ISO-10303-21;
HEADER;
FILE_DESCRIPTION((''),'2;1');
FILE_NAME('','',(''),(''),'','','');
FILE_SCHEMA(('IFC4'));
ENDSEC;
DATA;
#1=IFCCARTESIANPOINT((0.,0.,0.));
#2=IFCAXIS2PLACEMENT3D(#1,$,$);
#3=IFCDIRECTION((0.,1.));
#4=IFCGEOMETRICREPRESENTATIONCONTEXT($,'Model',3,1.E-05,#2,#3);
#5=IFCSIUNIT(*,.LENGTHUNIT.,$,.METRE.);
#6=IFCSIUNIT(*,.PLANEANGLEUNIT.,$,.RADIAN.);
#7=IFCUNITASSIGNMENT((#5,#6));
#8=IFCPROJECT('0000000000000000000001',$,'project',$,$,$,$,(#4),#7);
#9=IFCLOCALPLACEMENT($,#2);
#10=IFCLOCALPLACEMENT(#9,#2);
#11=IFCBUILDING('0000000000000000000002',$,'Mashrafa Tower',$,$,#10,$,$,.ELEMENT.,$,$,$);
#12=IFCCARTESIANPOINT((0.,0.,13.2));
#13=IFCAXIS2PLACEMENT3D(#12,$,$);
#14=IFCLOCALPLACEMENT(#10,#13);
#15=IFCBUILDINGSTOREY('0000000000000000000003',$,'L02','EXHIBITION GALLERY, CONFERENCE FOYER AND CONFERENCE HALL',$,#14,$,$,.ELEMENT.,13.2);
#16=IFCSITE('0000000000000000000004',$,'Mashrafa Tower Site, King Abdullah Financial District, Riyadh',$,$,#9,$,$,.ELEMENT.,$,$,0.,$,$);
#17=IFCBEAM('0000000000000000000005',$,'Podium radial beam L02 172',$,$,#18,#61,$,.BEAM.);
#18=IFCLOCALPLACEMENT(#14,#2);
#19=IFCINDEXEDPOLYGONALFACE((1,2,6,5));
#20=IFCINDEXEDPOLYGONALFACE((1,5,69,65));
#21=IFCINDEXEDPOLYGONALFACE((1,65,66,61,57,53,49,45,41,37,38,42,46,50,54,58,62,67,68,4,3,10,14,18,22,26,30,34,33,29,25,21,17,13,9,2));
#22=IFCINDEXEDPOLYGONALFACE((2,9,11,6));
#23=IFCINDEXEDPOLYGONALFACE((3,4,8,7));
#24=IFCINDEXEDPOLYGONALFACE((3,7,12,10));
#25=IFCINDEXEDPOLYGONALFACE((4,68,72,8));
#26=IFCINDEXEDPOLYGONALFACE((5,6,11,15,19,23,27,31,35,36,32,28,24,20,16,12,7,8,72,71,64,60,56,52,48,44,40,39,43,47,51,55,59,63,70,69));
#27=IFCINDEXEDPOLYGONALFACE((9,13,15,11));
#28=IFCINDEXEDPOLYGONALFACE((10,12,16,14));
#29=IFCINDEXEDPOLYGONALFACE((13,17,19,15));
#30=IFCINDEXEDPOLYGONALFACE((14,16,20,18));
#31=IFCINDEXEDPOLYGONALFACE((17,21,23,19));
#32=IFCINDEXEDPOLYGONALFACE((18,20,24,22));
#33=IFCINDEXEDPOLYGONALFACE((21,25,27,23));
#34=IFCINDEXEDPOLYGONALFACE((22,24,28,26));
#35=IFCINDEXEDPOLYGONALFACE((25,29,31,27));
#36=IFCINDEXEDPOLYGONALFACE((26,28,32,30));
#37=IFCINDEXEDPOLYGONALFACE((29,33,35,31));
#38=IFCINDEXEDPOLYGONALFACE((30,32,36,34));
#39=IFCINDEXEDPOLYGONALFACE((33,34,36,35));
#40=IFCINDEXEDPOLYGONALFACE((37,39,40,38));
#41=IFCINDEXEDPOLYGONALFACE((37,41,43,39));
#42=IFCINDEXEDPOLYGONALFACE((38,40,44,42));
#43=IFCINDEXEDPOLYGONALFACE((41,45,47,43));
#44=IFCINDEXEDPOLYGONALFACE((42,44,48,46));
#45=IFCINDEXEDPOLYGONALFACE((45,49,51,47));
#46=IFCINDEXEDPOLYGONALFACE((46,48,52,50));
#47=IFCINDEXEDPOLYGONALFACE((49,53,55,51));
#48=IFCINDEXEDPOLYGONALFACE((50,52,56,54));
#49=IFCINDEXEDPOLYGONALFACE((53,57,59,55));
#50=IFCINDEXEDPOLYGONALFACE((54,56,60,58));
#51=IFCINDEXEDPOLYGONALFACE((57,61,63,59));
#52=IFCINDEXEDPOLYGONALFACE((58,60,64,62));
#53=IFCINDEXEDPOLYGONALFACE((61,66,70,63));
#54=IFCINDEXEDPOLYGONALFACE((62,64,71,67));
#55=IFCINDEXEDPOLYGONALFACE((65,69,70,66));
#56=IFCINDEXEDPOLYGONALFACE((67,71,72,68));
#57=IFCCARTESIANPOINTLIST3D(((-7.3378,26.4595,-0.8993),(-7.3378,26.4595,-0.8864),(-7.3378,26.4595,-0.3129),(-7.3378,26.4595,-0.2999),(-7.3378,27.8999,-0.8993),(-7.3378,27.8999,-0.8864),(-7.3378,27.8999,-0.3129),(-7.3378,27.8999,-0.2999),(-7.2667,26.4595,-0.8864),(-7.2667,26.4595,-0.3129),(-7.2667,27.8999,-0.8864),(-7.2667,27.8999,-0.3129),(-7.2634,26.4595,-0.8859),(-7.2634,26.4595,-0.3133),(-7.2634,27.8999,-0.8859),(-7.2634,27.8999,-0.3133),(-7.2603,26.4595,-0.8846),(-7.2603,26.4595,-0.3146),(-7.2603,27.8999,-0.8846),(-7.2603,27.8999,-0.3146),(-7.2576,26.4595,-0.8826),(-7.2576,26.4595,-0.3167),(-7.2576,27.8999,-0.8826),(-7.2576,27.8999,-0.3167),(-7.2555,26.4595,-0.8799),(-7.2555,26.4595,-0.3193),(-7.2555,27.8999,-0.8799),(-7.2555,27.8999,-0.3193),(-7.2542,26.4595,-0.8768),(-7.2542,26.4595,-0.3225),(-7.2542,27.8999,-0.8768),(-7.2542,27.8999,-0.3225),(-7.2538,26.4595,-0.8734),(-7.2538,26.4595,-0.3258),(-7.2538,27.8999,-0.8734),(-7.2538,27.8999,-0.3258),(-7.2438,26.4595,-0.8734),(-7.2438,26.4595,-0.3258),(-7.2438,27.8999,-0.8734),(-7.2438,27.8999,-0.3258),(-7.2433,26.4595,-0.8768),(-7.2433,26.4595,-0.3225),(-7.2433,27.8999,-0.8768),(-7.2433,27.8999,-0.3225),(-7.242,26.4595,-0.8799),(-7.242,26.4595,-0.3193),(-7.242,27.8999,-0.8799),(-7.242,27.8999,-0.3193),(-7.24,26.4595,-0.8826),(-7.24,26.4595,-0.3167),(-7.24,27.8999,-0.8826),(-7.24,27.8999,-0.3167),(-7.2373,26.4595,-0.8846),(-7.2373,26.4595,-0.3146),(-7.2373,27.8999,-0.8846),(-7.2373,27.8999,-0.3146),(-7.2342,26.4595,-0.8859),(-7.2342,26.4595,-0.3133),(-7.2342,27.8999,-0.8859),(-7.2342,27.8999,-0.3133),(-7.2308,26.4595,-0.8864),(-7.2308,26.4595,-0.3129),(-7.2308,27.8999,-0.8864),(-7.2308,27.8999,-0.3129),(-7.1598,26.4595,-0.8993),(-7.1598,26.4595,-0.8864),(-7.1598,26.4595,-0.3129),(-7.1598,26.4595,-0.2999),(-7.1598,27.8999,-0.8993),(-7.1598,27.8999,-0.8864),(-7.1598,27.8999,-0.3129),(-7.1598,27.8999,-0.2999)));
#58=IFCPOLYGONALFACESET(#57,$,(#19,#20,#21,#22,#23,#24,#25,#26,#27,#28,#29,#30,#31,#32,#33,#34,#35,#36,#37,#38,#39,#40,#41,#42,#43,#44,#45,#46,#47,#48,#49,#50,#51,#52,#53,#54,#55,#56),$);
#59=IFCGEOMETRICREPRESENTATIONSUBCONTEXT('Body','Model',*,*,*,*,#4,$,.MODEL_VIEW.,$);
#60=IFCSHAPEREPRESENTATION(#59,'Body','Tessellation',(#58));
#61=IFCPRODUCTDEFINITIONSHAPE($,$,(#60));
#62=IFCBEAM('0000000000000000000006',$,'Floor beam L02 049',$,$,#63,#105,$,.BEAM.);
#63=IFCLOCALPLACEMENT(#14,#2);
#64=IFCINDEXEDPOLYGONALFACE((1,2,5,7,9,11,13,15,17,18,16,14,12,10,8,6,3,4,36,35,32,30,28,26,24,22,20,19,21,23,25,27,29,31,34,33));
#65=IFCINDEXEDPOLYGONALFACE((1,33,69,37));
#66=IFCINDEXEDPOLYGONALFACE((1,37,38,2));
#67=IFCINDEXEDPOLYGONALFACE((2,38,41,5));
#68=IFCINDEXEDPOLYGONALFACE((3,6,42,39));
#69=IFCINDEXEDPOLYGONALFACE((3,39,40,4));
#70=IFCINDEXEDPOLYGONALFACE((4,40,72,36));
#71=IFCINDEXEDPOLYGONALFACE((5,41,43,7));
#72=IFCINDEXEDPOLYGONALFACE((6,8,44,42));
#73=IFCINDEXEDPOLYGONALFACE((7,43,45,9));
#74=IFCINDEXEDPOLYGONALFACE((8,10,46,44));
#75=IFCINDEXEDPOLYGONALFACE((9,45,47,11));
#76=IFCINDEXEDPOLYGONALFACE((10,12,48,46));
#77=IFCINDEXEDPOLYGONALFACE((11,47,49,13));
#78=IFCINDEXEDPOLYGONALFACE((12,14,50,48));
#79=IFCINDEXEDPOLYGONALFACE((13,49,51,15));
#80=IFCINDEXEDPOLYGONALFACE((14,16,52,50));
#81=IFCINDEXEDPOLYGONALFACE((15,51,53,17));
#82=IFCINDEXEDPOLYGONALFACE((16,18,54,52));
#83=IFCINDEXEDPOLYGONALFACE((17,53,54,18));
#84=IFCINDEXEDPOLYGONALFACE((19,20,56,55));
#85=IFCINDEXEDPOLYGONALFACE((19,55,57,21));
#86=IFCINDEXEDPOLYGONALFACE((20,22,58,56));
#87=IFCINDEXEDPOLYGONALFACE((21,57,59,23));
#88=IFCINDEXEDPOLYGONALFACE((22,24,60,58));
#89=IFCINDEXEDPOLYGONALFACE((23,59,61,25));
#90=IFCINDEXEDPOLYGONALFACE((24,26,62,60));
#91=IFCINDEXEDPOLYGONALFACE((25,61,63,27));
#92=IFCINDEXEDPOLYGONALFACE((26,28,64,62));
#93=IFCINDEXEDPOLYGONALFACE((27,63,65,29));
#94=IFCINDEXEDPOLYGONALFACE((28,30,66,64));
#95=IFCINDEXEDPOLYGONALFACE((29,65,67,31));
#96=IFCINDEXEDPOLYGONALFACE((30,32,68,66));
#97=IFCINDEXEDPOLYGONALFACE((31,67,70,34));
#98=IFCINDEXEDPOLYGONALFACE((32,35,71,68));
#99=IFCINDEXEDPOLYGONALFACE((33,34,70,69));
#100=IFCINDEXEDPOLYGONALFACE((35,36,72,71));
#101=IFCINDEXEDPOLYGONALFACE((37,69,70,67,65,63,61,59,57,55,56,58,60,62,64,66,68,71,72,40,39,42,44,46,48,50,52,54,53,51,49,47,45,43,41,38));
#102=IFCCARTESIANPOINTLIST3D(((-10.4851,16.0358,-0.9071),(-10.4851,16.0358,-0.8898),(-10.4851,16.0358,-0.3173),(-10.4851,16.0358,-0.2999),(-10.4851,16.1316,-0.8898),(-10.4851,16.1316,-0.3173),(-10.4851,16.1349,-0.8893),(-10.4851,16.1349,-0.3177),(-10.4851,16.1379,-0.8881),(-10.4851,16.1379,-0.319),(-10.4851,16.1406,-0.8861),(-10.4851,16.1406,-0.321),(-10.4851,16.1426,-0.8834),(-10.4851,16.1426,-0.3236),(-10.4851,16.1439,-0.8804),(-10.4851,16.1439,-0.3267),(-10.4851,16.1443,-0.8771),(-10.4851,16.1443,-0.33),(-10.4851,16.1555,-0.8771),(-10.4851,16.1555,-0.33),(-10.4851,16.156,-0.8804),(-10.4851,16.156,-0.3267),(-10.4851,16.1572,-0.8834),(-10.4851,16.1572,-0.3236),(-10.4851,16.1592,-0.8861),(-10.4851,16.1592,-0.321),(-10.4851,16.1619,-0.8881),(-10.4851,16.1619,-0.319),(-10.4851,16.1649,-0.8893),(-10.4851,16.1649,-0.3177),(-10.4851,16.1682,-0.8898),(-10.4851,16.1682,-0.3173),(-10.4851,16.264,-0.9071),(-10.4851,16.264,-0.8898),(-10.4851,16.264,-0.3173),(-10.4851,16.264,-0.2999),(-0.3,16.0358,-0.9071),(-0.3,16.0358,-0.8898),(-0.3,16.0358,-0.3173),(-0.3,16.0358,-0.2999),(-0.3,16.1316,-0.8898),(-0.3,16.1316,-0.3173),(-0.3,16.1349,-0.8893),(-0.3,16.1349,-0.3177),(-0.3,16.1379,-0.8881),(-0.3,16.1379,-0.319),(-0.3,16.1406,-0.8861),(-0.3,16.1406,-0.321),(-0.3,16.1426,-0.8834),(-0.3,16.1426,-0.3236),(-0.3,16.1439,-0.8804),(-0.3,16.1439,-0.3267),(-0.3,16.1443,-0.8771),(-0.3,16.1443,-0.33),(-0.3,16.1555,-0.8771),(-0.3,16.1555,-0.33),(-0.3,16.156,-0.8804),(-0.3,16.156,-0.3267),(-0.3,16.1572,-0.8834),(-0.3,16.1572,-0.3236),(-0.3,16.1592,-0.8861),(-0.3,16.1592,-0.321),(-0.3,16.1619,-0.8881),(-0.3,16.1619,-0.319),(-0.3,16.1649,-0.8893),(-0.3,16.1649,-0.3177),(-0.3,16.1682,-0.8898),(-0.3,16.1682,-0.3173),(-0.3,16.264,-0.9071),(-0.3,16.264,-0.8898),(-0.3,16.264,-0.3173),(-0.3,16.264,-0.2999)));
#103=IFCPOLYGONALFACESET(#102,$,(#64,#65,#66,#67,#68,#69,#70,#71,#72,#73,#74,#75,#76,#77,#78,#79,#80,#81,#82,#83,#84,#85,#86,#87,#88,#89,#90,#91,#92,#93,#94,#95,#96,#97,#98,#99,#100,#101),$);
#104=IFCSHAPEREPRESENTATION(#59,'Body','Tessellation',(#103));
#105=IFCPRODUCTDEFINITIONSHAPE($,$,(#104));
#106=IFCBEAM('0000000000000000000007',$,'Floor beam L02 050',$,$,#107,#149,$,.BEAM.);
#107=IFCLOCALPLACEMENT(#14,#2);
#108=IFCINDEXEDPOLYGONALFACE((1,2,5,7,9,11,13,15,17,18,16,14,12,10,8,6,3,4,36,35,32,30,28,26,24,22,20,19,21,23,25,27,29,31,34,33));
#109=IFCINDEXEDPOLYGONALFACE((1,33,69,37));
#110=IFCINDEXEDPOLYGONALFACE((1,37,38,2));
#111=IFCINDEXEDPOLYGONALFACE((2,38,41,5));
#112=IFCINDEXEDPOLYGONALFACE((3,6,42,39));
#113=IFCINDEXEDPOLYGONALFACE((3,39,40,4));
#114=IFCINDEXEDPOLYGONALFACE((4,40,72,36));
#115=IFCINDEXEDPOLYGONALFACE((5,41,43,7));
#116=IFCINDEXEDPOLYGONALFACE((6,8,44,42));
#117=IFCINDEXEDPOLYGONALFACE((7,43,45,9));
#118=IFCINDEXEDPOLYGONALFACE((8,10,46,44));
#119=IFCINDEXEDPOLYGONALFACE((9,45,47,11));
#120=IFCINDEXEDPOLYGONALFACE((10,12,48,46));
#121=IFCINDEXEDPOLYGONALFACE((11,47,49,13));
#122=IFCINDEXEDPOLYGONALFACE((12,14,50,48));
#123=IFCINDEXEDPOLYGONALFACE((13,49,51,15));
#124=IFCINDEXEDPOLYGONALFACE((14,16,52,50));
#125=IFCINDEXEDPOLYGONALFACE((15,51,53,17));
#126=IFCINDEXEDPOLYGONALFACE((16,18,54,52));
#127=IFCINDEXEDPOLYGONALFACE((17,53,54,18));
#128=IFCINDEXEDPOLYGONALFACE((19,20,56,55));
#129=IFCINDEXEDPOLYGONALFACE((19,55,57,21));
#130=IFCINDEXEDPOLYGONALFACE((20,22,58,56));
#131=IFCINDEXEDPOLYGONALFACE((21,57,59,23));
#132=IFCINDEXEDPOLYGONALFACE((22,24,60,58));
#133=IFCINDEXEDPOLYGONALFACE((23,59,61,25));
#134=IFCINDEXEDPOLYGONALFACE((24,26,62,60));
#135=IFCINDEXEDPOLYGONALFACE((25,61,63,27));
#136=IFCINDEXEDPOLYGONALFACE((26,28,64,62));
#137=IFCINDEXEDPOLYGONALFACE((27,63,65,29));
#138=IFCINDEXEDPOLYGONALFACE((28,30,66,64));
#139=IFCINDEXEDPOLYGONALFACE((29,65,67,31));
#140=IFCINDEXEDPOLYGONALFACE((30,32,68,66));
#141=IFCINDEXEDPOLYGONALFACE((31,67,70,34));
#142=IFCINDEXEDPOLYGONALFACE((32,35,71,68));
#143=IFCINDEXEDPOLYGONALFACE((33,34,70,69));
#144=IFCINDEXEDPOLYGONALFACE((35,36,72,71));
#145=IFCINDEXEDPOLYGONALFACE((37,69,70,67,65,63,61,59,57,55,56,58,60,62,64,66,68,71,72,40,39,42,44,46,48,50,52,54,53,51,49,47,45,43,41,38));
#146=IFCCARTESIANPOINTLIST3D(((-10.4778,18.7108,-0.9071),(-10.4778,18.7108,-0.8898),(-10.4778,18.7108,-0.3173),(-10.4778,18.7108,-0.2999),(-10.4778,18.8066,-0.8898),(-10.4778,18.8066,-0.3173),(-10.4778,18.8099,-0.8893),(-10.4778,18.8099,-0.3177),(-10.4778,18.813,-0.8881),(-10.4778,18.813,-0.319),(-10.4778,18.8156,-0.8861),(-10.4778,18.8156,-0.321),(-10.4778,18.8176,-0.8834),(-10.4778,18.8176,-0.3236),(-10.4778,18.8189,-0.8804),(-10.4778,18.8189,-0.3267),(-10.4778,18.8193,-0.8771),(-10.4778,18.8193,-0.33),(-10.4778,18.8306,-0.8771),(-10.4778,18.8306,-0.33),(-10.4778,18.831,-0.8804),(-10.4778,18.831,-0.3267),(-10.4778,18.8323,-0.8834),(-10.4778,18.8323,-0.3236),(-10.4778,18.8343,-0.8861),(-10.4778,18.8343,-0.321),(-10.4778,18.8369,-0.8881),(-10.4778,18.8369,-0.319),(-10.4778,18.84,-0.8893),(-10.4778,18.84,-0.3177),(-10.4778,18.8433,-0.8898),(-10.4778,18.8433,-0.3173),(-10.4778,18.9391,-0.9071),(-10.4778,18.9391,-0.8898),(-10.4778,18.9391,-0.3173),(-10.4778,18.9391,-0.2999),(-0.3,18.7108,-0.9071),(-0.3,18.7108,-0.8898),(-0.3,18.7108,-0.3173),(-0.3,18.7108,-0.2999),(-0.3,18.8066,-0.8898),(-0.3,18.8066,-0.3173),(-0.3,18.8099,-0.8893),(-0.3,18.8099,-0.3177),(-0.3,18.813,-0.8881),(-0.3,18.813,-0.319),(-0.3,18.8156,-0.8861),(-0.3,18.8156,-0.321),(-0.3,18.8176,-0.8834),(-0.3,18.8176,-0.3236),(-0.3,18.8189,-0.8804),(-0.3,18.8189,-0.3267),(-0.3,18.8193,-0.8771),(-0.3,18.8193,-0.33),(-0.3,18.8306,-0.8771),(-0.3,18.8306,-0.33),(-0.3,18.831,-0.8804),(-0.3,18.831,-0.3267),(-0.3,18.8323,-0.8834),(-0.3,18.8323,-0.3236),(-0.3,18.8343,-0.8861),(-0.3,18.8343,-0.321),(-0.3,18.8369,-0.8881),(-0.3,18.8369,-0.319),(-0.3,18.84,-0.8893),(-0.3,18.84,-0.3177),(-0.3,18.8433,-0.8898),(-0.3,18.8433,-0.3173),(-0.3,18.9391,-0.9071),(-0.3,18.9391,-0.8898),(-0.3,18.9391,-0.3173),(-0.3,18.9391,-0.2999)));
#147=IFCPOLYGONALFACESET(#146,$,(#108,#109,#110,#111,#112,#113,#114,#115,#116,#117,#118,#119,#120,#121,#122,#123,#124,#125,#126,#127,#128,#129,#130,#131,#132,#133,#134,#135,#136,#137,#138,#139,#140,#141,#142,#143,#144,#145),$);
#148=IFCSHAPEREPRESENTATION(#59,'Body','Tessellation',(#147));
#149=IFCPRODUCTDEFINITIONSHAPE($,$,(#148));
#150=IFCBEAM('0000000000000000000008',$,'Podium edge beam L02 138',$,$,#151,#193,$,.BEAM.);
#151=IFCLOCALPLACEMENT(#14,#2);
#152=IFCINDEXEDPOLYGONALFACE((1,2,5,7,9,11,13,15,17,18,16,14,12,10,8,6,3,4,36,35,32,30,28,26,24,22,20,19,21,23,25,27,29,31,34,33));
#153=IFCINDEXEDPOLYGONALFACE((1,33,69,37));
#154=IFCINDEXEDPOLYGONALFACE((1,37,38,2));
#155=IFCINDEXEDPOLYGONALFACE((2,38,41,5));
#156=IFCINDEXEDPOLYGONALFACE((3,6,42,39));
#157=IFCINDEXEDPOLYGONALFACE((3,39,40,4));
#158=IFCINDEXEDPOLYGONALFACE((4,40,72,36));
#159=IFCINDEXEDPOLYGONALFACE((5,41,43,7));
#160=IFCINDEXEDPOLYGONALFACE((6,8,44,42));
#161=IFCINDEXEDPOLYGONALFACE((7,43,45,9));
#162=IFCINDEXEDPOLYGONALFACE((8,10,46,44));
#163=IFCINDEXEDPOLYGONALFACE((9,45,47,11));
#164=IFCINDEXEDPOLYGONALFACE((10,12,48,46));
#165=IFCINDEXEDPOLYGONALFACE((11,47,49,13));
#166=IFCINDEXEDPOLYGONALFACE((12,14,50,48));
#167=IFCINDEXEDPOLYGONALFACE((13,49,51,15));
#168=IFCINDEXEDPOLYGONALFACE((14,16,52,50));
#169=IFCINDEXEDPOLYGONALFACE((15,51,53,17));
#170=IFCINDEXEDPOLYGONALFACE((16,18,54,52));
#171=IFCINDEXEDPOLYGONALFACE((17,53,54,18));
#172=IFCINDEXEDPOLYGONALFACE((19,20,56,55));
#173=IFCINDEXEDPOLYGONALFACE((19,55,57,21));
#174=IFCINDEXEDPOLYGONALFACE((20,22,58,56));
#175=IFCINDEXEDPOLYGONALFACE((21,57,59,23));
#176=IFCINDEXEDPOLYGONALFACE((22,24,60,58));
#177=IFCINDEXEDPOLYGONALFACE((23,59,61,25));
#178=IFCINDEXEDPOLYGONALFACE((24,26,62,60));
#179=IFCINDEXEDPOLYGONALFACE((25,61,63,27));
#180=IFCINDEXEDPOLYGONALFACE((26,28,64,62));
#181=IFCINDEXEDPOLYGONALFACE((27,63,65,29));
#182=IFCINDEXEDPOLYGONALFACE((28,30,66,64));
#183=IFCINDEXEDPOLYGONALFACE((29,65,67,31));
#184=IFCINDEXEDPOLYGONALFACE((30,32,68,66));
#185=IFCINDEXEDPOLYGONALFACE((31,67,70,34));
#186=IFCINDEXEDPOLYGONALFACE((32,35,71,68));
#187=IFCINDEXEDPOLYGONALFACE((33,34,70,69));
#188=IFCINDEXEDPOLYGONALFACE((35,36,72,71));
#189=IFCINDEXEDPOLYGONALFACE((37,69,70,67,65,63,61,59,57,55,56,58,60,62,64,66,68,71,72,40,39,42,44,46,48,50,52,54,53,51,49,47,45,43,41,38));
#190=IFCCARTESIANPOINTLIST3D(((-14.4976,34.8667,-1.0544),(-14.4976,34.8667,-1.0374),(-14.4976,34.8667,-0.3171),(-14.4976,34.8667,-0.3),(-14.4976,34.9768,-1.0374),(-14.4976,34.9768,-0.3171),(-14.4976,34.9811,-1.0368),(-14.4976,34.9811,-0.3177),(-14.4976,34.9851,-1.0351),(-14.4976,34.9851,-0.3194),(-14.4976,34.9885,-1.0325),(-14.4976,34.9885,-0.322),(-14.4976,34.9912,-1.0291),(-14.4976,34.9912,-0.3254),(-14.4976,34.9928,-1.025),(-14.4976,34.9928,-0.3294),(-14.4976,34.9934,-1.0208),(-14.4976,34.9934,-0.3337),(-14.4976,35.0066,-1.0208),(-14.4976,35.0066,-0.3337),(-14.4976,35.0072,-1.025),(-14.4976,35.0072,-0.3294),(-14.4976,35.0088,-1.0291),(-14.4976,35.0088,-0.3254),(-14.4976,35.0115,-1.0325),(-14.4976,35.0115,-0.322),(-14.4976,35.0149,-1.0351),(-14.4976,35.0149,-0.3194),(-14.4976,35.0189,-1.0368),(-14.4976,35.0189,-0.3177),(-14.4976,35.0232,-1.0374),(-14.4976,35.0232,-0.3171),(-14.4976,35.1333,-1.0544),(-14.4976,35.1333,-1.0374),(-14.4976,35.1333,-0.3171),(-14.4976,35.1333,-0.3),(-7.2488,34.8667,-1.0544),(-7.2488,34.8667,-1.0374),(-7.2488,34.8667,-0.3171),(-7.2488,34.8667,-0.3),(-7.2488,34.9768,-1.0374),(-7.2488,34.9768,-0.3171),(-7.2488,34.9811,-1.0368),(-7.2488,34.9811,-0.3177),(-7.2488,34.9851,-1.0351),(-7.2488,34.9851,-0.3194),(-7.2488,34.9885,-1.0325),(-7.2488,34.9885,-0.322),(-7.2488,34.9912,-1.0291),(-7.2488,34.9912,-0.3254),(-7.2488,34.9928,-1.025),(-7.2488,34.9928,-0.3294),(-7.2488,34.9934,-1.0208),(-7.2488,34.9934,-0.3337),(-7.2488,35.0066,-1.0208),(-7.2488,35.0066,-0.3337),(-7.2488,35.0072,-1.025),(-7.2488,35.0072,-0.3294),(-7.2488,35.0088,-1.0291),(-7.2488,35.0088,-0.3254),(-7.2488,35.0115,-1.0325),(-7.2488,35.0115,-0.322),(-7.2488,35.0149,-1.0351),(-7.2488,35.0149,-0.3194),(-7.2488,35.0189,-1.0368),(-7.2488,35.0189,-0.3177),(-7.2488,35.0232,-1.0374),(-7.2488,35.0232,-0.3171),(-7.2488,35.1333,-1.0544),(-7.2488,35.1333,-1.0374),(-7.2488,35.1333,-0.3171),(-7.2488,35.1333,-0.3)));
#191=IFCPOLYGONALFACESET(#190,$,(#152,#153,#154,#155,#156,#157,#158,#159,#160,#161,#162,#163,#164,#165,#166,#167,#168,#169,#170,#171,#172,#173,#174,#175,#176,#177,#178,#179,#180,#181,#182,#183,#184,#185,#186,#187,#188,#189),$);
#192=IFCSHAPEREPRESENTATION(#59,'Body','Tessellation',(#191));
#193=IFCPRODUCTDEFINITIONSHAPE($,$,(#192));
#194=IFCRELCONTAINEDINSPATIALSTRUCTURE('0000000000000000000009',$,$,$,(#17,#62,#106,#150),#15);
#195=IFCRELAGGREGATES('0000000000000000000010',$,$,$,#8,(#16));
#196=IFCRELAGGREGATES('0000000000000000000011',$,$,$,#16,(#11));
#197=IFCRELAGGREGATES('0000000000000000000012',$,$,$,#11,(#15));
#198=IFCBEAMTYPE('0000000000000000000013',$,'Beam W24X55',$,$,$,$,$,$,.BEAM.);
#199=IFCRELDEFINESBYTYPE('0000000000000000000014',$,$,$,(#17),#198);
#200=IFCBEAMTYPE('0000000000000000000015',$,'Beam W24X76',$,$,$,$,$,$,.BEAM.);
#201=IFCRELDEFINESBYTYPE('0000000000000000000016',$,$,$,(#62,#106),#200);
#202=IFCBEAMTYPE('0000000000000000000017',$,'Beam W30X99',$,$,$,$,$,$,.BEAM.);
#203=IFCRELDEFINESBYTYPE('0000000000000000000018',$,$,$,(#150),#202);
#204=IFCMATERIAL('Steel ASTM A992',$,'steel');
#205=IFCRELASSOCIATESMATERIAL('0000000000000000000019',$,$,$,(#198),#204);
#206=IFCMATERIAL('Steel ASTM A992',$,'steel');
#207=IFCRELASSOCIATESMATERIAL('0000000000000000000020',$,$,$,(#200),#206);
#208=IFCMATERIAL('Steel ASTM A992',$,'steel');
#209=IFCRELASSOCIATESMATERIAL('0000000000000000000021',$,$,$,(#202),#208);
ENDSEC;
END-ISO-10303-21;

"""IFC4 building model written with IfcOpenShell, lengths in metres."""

from ifc_helpers import new_model, si_unit, direction, frame, origin, origin_2d, place, context, subcontext, project, spatial, i_section, extrude, material, material_profile, profile_set, type_object, element, save


model = new_model("IFC4")

# Units and contexts
model_context = context("Model", 3, precision=1e-05, world=origin(), true_north=direction((0.0, 1.0)))
body_context = subcontext(model_context, "Body", "Model", "MODEL_VIEW")
ifc_project = project(units=[si_unit("LENGTHUNIT", "METRE"), si_unit("PLANEANGLEUNIT", "RADIAN")], contexts=[model_context])

# Site, building, storey
site_placement = place(None, origin())
site = spatial("IfcSite", under=ifc_project, at=site_placement, Name="Mashrafa Tower Site, King Abdullah Financial District, Riyadh", CompositionType="ELEMENT", RefElevation=0.0)
building_placement = place(site_placement, origin())
building = spatial("IfcBuilding", under=site, at=building_placement, Name="Mashrafa Tower", CompositionType="ELEMENT")
storey_placement = place(building_placement, frame((0.0, 0.0, 13.2)))
storey = spatial("IfcBuildingStorey", under=building, at=storey_placement, Name="L02", Description="EXHIBITION GALLERY, CONFERENCE FOYER AND CONFERENCE HALL", CompositionType="ELEMENT", Elevation=13.2)

# Beams
ifc_material_1 = material(Name="Steel ASTM A992", Category="steel")
ifc_material_profile_1 = material_profile(ifc_material_1, i_section(OverallWidth=0.178, OverallDepth=0.5994, WebThickness=0.01, FlangeThickness=0.0129, FilletRadius=0.0129, at=origin_2d()), Name="W24X55")
ifc_profile_set_1 = profile_set([ifc_material_profile_1], Name="Steel ASTM A992")
beam_type_1 = type_object("IfcBeamType", Name="Beam W24X55", PredefinedType="BEAM", material=ifc_profile_set_1)
beam_1_placement = place(storey_placement, frame((-7.2488, 26.4595, -0.5996), z_axis=(0.0, 1.0, 0.0), x_axis=(-1.0, 0.0, 0.0)))
element("IfcBeam", 1, at=beam_1_placement, inside=storey, type_object=beam_type_1, Name="Podium radial beam L02 172", PredefinedType="BEAM", context=body_context, shape_type="SweptSolid", body=[
    extrude(i_section(OverallWidth=0.178, OverallDepth=0.5994, WebThickness=0.01, FlangeThickness=0.0129, FilletRadius=0.0129, at=origin_2d()), origin(), (0.0, 0.0, 1.0), 1.4404),
])
ifc_material_2 = material(Name="Steel ASTM A992", Category="steel")
ifc_material_profile_2 = material_profile(ifc_material_2, i_section(OverallWidth=0.2283, OverallDepth=0.6072, WebThickness=0.0112, FlangeThickness=0.0173, FilletRadius=0.0127, at=origin_2d()), Name="W24X76")
ifc_profile_set_2 = profile_set([ifc_material_profile_2], Name="Steel ASTM A992")
beam_type_2 = type_object("IfcBeamType", Name="Beam W24X76", PredefinedType="BEAM", material=ifc_profile_set_2)
beam_2_placement = place(storey_placement, frame((-10.4851, 16.1499, -0.6035), z_axis=(1.0, 0.0, 0.0), x_axis=(0.0, 1.0, 0.0)))
element("IfcBeam", 2, at=beam_2_placement, inside=storey, type_object=beam_type_2, Name="Floor beam L02 049", PredefinedType="BEAM", context=body_context, shape_type="SweptSolid", body=[
    extrude(i_section(OverallWidth=0.2283, OverallDepth=0.6072, WebThickness=0.0112, FlangeThickness=0.0173, FilletRadius=0.0127, at=origin_2d()), origin(), (0.0, 0.0, 1.0), 10.1851),
])
beam_3_placement = place(storey_placement, frame((-10.4778, 18.825, -0.6035), z_axis=(1.0, 0.0, 0.0), x_axis=(0.0, 1.0, 0.0)))
element("IfcBeam", 3, at=beam_3_placement, inside=storey, type_object=beam_type_2, Name="Floor beam L02 050", PredefinedType="BEAM", context=body_context, shape_type="SweptSolid", body=[
    extrude(i_section(OverallWidth=0.2283, OverallDepth=0.6072, WebThickness=0.0112, FlangeThickness=0.0173, FilletRadius=0.0127, at=origin_2d()), origin(), (0.0, 0.0, 1.0), 10.1777),
])
ifc_material_3 = material(Name="Steel ASTM A992", Category="steel")
ifc_material_profile_3 = material_profile(ifc_material_3, i_section(OverallWidth=0.2666, OverallDepth=0.7544, WebThickness=0.0132, FlangeThickness=0.0171, FilletRadius=0.0166, at=origin_2d()), Name="W30X99")
ifc_profile_set_3 = profile_set([ifc_material_profile_3], Name="Steel ASTM A992")
beam_type_3 = type_object("IfcBeamType", Name="Beam W30X99", PredefinedType="BEAM", material=ifc_profile_set_3)
beam_4_placement = place(storey_placement, frame((-7.2488, 35.0, -0.6772), z_axis=(-1.0, 0.0, 0.0), x_axis=(0.0, -1.0, 0.0)))
element("IfcBeam", 4, at=beam_4_placement, inside=storey, type_object=beam_type_3, Name="Podium edge beam L02 138", PredefinedType="BEAM", context=body_context, shape_type="SweptSolid", body=[
    extrude(i_section(OverallWidth=0.2666, OverallDepth=0.7544, WebThickness=0.0132, FlangeThickness=0.0171, FilletRadius=0.0166, at=origin_2d()), origin(), (0.0, 0.0, 1.0), 7.2488),
])

save(model, "model.ifc")
